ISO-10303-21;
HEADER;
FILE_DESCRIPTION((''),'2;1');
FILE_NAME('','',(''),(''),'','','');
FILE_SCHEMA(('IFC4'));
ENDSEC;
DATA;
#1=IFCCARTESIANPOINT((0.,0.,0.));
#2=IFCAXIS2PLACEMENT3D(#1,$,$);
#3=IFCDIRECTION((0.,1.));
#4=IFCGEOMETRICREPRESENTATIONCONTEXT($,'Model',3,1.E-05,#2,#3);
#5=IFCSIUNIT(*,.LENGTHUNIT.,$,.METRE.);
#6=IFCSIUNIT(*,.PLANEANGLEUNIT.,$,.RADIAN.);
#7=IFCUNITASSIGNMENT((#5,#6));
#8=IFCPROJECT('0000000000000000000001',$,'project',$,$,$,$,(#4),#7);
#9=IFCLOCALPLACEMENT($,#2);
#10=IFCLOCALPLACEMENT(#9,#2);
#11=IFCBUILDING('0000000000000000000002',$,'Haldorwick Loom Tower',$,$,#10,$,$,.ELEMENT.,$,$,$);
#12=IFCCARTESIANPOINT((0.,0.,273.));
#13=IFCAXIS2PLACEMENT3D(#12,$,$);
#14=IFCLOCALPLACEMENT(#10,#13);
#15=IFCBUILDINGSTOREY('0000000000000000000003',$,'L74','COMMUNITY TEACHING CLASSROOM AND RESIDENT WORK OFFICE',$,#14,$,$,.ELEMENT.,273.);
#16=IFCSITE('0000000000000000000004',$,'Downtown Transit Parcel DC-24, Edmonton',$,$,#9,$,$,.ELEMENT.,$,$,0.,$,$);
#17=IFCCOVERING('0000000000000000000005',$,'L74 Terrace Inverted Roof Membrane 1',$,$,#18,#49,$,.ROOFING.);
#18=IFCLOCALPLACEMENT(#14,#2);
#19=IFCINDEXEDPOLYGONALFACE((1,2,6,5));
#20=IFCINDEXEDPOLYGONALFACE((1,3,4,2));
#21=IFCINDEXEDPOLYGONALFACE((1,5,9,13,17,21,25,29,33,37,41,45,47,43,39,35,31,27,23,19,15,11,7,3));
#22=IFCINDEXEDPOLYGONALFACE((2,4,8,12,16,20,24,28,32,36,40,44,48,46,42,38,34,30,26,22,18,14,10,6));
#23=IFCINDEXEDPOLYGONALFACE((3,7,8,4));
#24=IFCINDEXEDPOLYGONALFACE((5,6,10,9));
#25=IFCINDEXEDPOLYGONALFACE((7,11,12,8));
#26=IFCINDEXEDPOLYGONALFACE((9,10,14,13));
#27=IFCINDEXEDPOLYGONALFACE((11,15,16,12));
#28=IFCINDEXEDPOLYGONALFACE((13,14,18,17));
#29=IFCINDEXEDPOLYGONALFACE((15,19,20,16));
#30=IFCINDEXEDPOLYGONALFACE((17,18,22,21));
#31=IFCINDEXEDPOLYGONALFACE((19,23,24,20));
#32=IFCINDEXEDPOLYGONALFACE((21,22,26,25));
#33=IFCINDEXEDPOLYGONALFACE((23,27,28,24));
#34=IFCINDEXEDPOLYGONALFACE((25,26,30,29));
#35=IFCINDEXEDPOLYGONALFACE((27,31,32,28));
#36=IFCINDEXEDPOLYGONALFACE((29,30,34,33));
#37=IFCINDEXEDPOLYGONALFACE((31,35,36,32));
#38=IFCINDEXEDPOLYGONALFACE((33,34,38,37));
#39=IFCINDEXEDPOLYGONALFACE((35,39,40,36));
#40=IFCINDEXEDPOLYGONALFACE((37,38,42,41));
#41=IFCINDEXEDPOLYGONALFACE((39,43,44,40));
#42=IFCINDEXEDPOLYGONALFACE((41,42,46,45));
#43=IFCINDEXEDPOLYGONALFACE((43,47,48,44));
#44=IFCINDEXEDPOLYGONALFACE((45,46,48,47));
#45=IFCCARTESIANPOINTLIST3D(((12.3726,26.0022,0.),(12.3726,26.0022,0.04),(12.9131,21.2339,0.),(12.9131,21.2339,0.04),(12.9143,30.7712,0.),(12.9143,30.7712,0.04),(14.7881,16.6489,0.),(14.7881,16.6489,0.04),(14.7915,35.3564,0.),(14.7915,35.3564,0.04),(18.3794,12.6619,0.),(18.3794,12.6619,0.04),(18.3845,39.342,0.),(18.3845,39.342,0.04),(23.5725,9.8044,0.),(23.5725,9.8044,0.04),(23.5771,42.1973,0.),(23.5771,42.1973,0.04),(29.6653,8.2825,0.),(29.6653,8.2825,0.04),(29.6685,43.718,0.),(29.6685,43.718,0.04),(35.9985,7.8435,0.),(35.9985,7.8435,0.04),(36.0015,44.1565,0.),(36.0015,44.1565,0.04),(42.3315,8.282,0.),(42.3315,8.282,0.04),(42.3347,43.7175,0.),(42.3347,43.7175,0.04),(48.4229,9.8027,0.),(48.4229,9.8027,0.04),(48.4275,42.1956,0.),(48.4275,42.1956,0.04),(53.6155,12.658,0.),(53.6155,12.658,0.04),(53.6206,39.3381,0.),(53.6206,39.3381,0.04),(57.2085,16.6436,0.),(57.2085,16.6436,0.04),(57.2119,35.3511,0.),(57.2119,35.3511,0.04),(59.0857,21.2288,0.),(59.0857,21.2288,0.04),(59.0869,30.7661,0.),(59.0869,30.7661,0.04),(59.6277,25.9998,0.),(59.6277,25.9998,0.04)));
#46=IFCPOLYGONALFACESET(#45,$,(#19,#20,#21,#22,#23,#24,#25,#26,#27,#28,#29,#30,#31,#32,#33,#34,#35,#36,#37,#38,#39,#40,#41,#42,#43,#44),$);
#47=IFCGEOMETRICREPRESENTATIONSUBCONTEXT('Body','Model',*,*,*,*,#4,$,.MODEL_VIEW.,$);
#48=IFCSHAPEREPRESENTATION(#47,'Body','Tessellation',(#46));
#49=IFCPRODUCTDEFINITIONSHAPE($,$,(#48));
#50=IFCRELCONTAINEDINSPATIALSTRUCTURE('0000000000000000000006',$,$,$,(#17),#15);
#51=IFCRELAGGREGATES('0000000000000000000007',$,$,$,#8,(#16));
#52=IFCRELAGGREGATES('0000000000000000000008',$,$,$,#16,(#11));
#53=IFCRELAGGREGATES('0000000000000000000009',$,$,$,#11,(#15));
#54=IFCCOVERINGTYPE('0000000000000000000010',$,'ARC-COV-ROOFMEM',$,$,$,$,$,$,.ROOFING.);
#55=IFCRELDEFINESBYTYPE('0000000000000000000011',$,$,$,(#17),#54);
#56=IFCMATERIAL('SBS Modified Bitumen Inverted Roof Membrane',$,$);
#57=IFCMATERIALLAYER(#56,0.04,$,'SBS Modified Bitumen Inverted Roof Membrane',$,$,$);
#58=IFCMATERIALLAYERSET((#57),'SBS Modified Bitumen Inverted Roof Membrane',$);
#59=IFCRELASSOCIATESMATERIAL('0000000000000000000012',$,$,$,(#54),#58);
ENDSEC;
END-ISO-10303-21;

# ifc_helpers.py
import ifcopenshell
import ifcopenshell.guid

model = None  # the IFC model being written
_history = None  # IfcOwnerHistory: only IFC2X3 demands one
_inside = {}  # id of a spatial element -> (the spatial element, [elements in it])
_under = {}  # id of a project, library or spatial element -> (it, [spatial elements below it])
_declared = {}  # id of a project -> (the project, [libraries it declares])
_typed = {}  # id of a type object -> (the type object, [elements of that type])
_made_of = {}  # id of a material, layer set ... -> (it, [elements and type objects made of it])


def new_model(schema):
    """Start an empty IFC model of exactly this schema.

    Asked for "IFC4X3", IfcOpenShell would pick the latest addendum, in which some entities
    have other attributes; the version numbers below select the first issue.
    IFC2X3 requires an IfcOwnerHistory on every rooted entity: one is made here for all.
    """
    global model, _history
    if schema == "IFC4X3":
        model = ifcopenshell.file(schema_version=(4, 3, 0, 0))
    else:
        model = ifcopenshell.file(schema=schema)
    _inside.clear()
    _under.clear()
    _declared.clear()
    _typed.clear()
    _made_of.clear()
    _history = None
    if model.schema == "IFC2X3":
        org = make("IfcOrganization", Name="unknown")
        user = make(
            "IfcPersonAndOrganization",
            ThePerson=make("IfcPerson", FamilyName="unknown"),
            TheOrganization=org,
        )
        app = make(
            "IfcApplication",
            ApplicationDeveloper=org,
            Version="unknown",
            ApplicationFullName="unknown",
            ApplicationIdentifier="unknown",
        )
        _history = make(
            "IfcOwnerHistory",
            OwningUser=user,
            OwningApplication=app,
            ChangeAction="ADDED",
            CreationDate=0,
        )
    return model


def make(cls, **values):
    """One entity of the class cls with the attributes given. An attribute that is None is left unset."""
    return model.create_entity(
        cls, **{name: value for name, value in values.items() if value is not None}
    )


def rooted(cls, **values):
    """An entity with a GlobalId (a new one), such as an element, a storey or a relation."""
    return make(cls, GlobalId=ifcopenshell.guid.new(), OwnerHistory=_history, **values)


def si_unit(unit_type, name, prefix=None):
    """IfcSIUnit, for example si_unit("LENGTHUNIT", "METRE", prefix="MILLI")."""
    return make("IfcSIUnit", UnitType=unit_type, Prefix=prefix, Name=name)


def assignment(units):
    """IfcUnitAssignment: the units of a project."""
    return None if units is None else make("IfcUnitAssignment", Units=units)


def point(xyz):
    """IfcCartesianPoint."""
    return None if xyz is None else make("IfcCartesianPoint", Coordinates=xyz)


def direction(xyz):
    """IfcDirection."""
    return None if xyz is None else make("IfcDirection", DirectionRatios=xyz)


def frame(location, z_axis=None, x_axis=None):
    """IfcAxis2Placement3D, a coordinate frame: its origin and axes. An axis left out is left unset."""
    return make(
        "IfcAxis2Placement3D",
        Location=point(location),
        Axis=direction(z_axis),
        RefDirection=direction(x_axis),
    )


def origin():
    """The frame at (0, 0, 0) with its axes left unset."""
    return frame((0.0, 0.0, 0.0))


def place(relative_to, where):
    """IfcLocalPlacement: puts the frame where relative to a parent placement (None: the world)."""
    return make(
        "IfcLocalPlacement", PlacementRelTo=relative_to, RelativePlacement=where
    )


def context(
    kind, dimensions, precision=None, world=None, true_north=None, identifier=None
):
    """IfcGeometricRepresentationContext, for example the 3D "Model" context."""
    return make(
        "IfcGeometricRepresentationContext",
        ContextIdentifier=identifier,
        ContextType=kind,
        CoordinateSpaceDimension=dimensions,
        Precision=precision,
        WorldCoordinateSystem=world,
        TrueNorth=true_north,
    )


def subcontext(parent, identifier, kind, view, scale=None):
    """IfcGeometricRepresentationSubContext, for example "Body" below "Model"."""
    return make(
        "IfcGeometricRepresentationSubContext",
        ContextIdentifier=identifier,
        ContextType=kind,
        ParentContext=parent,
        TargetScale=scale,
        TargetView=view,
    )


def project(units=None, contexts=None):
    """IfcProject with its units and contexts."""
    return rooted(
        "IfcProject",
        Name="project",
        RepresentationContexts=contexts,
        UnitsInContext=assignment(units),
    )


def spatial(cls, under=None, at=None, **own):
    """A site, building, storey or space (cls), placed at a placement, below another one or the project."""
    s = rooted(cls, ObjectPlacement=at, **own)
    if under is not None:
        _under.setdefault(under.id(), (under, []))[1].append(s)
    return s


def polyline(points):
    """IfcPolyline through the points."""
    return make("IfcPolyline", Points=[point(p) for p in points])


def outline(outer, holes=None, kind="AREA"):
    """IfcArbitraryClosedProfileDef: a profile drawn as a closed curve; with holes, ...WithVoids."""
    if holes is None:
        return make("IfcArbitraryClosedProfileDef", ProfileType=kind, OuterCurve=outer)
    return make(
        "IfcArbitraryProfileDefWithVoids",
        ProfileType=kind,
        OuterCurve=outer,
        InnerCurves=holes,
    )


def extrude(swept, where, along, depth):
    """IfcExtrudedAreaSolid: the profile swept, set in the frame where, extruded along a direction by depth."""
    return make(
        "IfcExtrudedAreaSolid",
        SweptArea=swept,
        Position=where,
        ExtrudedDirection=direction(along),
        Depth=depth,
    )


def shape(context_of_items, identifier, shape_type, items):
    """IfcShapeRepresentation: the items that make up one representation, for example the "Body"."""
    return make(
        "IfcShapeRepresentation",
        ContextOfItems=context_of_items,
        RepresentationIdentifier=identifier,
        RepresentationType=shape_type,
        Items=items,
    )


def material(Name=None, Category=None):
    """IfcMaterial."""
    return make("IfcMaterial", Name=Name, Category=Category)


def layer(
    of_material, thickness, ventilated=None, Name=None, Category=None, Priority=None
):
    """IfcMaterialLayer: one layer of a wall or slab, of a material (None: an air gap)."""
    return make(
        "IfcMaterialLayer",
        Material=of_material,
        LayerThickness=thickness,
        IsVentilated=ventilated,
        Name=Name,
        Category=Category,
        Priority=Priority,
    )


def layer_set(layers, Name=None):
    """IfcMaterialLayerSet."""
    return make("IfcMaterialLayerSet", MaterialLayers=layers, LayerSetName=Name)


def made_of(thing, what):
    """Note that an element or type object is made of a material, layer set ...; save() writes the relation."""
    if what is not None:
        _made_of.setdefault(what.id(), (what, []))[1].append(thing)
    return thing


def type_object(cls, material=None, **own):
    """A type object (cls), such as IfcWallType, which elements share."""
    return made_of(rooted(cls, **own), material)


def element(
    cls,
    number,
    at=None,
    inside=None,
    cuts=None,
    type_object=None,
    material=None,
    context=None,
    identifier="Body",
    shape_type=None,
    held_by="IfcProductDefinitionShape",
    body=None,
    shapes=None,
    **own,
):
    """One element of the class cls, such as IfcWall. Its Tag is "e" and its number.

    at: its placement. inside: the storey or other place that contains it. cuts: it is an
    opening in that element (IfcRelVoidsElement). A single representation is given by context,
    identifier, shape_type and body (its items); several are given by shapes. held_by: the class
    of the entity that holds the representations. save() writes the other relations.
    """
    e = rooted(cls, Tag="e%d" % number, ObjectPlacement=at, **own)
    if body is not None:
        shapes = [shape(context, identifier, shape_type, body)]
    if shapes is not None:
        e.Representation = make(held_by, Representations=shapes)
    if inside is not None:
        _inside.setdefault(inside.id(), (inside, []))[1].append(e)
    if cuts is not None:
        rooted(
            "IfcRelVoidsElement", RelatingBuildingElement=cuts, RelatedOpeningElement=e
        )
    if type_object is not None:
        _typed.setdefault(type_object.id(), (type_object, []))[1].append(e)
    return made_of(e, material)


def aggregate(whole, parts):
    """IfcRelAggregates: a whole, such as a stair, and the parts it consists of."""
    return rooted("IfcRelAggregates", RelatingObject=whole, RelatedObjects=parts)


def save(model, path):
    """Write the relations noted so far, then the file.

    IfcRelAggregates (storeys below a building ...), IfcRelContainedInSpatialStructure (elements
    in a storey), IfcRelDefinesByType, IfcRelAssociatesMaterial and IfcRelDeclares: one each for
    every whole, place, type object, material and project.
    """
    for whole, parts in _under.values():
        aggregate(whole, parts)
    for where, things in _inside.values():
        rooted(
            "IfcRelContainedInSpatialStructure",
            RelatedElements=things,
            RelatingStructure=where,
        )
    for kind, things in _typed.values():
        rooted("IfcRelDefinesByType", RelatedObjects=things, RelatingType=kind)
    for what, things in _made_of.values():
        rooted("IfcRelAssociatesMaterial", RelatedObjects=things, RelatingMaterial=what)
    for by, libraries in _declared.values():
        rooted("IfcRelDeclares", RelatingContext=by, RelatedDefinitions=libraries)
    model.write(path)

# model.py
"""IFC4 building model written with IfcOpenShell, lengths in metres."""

from ifc_helpers import new_model, si_unit, direction, frame, origin, place, context, subcontext, project, spatial, polyline, outline, extrude, material, layer, layer_set, type_object, element, save


model = new_model("IFC4")

# Units and contexts
model_context = context("Model", 3, precision=1e-05, world=origin(), true_north=direction((0.0, 1.0)))
body_context = subcontext(model_context, "Body", "Model", "MODEL_VIEW")
ifc_project = project(units=[si_unit("LENGTHUNIT", "METRE"), si_unit("PLANEANGLEUNIT", "RADIAN")], contexts=[model_context])

# Site, building, storey
site_placement = place(None, origin())
site = spatial("IfcSite", under=ifc_project, at=site_placement, Name="Downtown Transit Parcel DC-24, Edmonton", CompositionType="ELEMENT", RefElevation=0.0)
building_placement = place(site_placement, origin())
building = spatial("IfcBuilding", under=site, at=building_placement, Name="Haldorwick Loom Tower", CompositionType="ELEMENT")
storey_placement = place(building_placement, frame((0.0, 0.0, 273.0)))
storey = spatial("IfcBuildingStorey", under=building, at=storey_placement, Name="L74", Description="COMMUNITY TEACHING CLASSROOM AND RESIDENT WORK OFFICE", CompositionType="ELEMENT", Elevation=273.0)

# Covering
ifc_material_1 = material(Name="SBS Modified Bitumen Inverted Roof Membrane")
ifc_layer_1 = layer(ifc_material_1, 0.04, Name="SBS Modified Bitumen Inverted Roof Membrane")
ifc_layer_set_1 = layer_set([ifc_layer_1], Name="SBS Modified Bitumen Inverted Roof Membrane")
covering_type_1 = type_object("IfcCoveringType", Name="ARC-COV-ROOFMEM", PredefinedType="ROOFING", material=ifc_layer_set_1)
covering_1_placement = place(storey_placement, origin())
element("IfcCovering", 1, at=covering_1_placement, inside=storey, type_object=covering_type_1, Name="L74 Terrace Inverted Roof Membrane 1", PredefinedType="ROOFING", context=body_context, shape_type="SweptSolid", body=[
    extrude(outline(polyline([(59.6277, 25.9998), (59.0869, 30.7661), (57.2119, 35.3511), (53.6206, 39.3381), (48.4275, 42.1956), (42.3347, 43.7175), (36.0015, 44.1565), (29.6685, 43.718), (23.5771, 42.1973), (18.3845, 39.342), (14.7915, 35.3564), (12.9143, 30.7712), (12.3726, 26.0022), (12.9131, 21.2339), (14.7881, 16.6489), (18.3794, 12.6619), (23.5725, 9.8044), (29.6653, 8.2825), (35.9985, 7.8435), (42.3315, 8.282), (48.4229, 9.8027), (53.6155, 12.658), (57.2085, 16.6436), (59.0857, 21.2288), (59.6277, 25.9998)])), origin(), (0.0, 0.0, 1.0), 0.04),
])

save(model, "model.ifc")
